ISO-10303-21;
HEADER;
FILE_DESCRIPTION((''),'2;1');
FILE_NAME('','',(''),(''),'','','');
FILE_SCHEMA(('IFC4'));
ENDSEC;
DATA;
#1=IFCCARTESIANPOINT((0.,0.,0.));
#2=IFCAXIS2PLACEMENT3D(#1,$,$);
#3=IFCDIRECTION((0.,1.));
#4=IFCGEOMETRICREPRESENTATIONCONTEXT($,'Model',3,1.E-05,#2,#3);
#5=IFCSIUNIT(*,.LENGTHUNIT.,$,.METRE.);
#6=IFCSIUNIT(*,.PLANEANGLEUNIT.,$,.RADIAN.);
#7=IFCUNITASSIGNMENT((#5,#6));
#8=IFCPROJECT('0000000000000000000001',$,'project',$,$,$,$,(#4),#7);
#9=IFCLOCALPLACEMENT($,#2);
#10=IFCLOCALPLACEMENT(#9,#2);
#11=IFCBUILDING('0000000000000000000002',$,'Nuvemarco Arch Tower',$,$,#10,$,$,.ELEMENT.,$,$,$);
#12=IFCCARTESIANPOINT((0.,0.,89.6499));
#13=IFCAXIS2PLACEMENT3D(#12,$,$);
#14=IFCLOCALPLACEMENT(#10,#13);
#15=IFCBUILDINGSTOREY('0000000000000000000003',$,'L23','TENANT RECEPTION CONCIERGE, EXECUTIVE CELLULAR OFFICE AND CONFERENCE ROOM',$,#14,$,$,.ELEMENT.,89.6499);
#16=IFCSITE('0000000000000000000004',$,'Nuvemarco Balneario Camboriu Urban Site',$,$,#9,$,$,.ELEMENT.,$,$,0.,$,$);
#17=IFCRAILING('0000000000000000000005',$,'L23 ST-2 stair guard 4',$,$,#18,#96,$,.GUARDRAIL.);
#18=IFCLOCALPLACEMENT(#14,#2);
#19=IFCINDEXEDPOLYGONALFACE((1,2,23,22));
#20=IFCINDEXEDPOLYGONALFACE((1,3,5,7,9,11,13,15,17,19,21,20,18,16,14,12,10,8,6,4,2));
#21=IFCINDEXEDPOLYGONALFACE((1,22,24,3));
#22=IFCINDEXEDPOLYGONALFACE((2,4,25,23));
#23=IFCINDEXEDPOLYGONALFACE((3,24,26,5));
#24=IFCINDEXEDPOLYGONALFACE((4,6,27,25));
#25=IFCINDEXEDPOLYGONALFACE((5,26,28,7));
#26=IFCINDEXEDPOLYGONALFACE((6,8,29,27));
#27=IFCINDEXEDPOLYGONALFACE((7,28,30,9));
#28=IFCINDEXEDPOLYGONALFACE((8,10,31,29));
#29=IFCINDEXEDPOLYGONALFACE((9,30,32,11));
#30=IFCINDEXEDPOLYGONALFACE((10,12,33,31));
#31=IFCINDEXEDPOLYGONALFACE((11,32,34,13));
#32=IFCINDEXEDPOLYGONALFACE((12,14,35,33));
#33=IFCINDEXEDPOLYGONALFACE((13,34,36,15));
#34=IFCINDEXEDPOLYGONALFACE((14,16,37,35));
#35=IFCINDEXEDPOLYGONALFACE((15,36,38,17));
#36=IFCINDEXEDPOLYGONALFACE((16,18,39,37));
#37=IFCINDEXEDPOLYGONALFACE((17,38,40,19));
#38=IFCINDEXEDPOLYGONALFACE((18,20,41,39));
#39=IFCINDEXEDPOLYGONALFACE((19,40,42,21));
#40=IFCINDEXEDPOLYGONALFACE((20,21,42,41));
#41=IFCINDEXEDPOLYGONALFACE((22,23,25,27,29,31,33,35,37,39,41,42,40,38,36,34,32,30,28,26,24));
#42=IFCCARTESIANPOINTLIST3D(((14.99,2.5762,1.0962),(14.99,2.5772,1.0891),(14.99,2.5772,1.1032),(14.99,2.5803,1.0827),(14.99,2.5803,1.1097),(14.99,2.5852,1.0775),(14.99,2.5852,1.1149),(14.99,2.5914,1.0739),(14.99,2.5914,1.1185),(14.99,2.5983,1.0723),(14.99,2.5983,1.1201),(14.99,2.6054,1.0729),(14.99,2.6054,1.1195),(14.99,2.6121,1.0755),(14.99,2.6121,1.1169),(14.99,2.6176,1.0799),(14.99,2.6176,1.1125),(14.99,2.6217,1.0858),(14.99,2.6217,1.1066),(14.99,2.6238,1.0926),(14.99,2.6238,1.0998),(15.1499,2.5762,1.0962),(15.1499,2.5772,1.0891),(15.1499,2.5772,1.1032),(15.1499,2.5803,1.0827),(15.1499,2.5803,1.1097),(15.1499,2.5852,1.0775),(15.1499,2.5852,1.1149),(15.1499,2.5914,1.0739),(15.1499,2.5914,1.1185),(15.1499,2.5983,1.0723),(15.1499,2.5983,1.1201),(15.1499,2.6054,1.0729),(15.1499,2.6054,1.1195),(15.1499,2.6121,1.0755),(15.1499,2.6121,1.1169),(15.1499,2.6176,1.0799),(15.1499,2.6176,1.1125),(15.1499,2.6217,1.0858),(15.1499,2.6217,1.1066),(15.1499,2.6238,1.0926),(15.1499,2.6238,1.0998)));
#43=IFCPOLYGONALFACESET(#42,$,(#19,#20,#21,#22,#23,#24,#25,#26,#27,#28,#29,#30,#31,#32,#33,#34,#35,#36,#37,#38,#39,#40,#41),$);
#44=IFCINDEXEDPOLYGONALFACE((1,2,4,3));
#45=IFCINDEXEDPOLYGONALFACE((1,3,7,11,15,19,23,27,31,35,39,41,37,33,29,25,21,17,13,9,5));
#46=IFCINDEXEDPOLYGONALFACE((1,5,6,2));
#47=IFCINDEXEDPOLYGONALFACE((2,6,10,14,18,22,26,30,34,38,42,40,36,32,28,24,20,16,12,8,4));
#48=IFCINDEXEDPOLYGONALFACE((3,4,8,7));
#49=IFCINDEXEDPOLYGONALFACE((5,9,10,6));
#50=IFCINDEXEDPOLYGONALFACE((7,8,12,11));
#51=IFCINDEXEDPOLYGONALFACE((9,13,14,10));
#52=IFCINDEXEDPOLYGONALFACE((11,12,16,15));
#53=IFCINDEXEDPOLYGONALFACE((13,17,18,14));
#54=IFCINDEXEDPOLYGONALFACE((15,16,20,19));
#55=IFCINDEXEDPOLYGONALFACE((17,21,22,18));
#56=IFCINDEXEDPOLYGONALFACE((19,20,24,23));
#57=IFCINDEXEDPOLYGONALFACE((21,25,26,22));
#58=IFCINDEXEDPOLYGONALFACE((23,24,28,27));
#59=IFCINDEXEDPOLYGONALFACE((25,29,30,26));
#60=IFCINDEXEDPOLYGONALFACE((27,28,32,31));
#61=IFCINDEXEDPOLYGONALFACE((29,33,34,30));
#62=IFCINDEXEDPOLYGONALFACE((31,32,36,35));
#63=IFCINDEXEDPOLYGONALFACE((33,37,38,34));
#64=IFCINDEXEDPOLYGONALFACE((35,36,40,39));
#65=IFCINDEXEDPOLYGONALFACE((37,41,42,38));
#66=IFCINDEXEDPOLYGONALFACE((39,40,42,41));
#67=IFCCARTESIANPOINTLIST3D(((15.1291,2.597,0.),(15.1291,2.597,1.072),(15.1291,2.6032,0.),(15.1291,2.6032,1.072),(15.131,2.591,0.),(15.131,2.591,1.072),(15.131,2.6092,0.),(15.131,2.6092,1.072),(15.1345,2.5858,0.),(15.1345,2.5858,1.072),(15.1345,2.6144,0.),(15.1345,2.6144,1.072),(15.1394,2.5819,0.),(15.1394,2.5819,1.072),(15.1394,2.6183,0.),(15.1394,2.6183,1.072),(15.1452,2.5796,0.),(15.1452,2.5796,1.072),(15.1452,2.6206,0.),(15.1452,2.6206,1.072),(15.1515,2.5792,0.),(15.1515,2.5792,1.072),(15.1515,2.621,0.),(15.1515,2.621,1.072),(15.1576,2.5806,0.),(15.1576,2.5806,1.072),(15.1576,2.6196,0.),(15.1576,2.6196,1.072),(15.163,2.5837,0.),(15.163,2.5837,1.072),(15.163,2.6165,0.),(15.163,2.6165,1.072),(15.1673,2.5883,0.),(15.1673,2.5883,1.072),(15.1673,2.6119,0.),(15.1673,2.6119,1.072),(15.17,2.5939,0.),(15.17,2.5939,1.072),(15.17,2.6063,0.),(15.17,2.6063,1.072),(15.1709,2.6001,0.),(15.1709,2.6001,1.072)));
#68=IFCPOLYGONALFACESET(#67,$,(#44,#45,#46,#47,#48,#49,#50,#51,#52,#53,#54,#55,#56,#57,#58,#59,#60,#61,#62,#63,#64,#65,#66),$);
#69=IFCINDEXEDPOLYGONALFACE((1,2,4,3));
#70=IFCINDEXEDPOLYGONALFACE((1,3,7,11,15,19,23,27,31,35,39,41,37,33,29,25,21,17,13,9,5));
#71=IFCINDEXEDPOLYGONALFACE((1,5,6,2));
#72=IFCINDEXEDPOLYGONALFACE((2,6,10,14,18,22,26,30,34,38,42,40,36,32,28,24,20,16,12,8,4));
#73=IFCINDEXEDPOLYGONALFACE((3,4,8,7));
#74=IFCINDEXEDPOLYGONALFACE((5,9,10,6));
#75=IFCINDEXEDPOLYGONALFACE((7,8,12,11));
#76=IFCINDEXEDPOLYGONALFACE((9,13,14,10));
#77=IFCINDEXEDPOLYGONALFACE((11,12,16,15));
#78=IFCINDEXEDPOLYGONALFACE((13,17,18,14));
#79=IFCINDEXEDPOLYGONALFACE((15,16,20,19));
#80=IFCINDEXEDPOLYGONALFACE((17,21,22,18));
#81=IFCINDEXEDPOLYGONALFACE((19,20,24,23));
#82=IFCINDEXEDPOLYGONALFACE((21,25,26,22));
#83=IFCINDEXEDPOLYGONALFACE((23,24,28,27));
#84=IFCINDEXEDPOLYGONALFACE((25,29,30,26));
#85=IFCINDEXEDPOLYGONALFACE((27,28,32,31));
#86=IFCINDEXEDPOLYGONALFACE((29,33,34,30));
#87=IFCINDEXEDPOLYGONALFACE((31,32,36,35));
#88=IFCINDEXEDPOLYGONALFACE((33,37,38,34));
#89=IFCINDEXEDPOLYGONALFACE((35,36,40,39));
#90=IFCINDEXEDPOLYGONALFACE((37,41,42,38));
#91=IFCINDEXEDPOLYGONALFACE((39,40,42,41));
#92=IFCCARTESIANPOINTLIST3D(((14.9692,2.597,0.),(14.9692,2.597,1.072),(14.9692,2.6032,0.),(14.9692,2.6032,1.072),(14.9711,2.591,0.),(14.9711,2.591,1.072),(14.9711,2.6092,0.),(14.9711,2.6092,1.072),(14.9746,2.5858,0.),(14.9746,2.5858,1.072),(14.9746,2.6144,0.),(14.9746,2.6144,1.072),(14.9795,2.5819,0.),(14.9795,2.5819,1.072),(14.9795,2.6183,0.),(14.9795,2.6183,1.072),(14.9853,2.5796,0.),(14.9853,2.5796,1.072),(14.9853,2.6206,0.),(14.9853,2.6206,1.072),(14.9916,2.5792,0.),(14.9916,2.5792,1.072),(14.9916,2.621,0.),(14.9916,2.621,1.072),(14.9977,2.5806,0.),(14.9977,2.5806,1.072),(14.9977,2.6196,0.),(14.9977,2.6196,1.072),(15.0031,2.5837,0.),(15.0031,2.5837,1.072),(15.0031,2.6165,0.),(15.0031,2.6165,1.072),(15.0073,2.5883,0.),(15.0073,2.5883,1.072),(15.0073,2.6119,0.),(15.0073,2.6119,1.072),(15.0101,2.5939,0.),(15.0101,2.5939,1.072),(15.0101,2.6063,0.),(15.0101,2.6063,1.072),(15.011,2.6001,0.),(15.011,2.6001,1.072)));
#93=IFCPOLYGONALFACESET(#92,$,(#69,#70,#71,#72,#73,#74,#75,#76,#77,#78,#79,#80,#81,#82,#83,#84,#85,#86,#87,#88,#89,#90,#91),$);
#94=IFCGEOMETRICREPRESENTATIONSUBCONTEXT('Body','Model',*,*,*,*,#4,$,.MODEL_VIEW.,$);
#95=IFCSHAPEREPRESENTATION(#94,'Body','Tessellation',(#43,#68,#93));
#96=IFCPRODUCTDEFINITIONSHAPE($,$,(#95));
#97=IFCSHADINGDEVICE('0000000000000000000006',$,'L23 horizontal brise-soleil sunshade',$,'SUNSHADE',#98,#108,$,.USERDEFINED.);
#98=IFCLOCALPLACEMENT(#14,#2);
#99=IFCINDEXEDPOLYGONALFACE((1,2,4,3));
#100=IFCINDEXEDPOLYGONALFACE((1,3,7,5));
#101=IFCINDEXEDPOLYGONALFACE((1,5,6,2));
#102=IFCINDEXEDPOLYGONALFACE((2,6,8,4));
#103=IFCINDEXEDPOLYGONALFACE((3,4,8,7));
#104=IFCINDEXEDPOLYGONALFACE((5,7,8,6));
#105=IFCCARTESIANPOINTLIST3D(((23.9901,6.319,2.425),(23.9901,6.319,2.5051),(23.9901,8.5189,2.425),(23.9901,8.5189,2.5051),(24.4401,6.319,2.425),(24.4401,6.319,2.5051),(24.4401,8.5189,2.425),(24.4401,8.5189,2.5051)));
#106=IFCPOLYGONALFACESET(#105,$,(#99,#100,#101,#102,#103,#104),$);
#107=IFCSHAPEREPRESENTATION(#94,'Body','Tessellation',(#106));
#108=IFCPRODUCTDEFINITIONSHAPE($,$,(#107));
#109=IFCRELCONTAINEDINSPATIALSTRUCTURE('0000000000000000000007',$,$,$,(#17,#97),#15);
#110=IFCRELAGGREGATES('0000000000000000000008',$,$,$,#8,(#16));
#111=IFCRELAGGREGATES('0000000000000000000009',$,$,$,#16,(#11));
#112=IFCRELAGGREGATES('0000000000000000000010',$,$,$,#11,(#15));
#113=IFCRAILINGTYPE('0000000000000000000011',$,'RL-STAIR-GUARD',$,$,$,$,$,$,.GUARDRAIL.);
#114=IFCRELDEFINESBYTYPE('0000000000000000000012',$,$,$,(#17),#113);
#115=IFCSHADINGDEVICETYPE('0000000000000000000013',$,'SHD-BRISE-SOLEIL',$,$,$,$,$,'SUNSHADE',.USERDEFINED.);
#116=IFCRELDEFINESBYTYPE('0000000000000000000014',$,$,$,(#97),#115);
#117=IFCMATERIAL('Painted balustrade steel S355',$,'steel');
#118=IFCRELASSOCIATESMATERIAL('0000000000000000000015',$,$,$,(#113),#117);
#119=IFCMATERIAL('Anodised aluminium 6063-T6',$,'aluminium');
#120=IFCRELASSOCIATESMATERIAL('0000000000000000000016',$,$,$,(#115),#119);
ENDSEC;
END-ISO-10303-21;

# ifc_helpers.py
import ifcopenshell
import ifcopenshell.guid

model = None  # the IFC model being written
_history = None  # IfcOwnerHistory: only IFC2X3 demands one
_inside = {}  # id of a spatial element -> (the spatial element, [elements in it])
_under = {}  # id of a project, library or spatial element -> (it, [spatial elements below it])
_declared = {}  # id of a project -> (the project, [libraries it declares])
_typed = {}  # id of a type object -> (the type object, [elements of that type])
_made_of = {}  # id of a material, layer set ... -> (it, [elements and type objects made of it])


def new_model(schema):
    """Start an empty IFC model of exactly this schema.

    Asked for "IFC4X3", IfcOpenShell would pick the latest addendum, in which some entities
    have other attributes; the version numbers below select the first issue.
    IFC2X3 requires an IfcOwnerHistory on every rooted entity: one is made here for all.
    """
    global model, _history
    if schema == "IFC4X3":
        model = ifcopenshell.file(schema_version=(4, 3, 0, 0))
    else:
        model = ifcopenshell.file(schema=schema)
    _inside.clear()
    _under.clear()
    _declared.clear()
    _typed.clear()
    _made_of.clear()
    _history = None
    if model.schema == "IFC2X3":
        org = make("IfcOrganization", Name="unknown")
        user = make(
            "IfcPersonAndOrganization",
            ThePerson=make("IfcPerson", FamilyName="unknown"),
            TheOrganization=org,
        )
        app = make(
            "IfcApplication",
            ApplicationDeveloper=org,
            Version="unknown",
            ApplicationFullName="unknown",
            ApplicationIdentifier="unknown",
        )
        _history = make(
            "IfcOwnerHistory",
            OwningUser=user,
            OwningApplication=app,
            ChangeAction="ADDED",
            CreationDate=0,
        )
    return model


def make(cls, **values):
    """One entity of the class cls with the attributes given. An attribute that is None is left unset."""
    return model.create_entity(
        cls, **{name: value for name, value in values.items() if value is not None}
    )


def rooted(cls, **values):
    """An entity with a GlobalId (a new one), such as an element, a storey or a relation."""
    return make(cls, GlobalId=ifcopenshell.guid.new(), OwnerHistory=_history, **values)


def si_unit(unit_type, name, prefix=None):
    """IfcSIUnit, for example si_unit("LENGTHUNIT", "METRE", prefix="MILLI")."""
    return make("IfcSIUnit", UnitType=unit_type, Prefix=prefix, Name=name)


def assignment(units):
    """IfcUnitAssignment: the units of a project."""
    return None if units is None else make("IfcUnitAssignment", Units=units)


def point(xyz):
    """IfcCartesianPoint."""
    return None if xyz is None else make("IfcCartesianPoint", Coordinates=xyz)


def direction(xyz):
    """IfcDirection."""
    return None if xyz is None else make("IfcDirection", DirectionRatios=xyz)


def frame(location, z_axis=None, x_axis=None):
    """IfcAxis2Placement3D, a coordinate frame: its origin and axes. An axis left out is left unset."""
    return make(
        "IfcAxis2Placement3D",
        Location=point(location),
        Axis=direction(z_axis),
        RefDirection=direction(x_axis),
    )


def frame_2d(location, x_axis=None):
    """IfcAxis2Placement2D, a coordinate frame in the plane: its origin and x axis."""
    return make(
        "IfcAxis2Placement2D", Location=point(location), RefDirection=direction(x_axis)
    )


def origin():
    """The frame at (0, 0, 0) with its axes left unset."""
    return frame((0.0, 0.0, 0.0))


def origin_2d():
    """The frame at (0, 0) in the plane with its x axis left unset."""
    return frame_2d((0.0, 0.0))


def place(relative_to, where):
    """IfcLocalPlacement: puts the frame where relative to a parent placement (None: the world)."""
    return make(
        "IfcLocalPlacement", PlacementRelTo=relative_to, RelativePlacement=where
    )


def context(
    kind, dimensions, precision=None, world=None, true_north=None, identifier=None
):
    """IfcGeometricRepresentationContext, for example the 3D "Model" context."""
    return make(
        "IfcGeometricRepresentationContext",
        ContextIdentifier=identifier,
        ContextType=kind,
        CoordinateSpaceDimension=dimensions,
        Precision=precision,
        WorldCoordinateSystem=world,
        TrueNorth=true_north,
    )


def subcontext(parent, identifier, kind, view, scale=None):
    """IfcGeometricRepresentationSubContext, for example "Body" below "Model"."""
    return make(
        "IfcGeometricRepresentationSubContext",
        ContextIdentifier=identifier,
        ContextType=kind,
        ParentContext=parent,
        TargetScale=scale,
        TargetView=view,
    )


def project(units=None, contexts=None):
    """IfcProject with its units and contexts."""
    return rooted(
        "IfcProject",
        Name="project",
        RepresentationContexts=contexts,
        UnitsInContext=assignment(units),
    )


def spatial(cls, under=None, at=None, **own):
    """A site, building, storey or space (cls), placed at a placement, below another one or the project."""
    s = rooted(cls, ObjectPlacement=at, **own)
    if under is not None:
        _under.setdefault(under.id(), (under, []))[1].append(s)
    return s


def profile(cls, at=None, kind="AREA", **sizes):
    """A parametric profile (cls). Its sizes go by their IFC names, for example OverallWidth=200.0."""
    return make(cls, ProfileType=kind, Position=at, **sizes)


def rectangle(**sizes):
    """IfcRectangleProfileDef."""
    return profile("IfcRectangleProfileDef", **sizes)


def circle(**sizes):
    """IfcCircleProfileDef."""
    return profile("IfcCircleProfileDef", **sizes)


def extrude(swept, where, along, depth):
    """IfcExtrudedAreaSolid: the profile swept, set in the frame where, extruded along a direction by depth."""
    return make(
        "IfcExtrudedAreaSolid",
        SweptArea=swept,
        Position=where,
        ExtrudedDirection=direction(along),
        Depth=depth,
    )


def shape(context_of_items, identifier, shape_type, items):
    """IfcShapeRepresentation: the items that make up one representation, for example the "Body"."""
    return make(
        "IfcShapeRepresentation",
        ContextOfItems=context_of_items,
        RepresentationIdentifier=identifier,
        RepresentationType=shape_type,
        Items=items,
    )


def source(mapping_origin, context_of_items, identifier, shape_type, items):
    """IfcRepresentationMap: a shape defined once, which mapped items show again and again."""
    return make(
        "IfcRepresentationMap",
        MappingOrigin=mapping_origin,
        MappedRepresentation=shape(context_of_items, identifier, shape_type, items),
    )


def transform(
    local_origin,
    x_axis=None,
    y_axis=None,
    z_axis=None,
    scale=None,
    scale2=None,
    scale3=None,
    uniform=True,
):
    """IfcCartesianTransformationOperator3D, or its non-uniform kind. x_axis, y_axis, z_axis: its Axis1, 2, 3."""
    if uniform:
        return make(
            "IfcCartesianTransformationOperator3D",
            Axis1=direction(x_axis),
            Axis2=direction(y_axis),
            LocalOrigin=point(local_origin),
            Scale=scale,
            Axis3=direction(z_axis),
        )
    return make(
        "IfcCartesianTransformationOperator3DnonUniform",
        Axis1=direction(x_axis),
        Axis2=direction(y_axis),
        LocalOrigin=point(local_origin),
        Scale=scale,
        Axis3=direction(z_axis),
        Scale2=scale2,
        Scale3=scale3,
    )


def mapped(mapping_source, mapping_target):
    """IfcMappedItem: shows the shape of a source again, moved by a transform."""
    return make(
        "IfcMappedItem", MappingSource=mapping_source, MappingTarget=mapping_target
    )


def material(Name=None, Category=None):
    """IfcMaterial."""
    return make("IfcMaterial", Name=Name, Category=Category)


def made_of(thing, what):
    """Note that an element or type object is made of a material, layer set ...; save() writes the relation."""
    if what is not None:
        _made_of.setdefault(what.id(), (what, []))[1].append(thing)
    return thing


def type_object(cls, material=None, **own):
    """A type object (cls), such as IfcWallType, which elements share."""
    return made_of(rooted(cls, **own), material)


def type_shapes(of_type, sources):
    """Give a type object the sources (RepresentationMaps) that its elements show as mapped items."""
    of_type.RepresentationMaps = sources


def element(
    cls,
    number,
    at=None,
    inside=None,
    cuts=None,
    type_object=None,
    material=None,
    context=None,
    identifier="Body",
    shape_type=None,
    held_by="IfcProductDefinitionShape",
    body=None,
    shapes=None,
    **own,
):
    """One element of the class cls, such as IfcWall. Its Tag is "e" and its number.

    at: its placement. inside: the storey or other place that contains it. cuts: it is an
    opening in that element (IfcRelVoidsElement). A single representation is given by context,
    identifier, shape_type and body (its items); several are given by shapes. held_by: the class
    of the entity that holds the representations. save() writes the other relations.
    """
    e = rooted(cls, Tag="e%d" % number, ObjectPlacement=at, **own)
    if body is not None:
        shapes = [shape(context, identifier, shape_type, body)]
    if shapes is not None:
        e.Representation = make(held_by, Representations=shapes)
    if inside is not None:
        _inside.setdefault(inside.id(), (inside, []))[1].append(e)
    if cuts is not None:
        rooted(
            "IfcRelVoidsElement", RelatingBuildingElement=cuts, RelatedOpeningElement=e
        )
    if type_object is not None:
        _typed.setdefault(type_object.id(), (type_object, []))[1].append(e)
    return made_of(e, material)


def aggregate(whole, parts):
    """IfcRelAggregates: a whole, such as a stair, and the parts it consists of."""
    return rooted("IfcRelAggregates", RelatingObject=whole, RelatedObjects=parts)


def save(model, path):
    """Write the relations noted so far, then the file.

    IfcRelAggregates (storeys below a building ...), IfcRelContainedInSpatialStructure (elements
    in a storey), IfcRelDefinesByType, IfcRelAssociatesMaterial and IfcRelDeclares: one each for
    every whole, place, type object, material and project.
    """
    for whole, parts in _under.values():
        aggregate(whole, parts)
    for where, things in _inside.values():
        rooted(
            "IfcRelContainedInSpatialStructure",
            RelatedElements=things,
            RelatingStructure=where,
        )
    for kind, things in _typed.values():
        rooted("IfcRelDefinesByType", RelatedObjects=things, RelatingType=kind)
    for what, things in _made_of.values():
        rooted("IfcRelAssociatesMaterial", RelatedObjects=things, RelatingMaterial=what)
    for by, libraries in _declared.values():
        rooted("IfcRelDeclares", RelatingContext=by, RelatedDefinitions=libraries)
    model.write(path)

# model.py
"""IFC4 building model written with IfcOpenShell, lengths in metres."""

from ifc_helpers import new_model, si_unit, direction, frame, origin, origin_2d, place, context, subcontext, project, spatial, rectangle, circle, extrude, source, transform, mapped, material, type_object, type_shapes, element, save


model = new_model("IFC4")

# Units and contexts
model_context = context("Model", 3, precision=1e-05, world=origin(), true_north=direction((0.0, 1.0)))
body_context = subcontext(model_context, "Body", "Model", "MODEL_VIEW")
ifc_project = project(units=[si_unit("LENGTHUNIT", "METRE"), si_unit("PLANEANGLEUNIT", "RADIAN")], contexts=[model_context])

# Site, building, storey
site_placement = place(None, origin())
site = spatial("IfcSite", under=ifc_project, at=site_placement, Name="Nuvemarco Balneario Camboriu Urban Site", CompositionType="ELEMENT", RefElevation=0.0)
building_placement = place(site_placement, origin())
building = spatial("IfcBuilding", under=site, at=building_placement, Name="Nuvemarco Arch Tower", CompositionType="ELEMENT")
storey_placement = place(building_placement, frame((0.0, 0.0, 89.6499)))
storey = spatial("IfcBuildingStorey", under=building, at=storey_placement, Name="L23", Description="TENANT RECEPTION CONCIERGE, EXECUTIVE CELLULAR OFFICE AND CONFERENCE ROOM", CompositionType="ELEMENT", Elevation=89.6499)

# Railing
ifc_material_1 = material(Name="Painted balustrade steel S355", Category="steel")
railing_type_1 = type_object("IfcRailingType", Name="RL-STAIR-GUARD", PredefinedType="GUARDRAIL", material=ifc_material_1)
railing_1_placement = place(storey_placement, frame((15.1499, 2.6001, 0.0)))
element("IfcRailing", 1, at=railing_1_placement, inside=storey, type_object=railing_type_1, Name="L23 ST-2 stair guard 4", PredefinedType="GUARDRAIL", context=body_context, shape_type="SweptSolid", body=[
    extrude(circle(Radius=0.0239, at=origin_2d()), frame((0.0, 0.0, 1.0962), z_axis=(-1.0, 0.0, 0.0), x_axis=(0.0, -1.0, 0.0)), (0.0, 0.0, 1.0), 0.1599),
    extrude(circle(Radius=0.021, at=origin_2d()), origin(), (0.0, 0.0, 1.0), 1.072),
    extrude(circle(Radius=0.021, at=origin_2d()), frame((-0.1599, 0.0, 0.0)), (0.0, 0.0, 1.0), 1.072),
])

# Shading device
ifc_material_2 = material(Name="Anodised aluminium 6063-T6", Category="aluminium")
shading_device_type = type_object("IfcShadingDeviceType", Name="SHD-BRISE-SOLEIL", ElementType="SUNSHADE", PredefinedType="USERDEFINED", material=ifc_material_2)
shared_shape = source(origin(), body_context, "Body", "SweptSolid", [
    extrude(rectangle(XDim=2.2, YDim=0.45, at=origin_2d()), origin(), (0.0, 0.0, 1.0), 0.0801),
])
type_shapes(shading_device_type, [shared_shape])
shading_device_placement = place(storey_placement, frame((24.2151, 7.4189, 2.425), z_axis=(0.0, 0.0, 1.0), x_axis=(0.0, 1.0, 0.0)))
element("IfcShadingDevice", 2, at=shading_device_placement, inside=storey, type_object=shading_device_type, Name="L23 horizontal brise-soleil sunshade", ObjectType="SUNSHADE", PredefinedType="USERDEFINED", context=body_context, shape_type="MappedRepresentation", body=[
    mapped(shared_shape, transform((0.0, 0.0, 0.0), scale=1.0)),
])

save(model, "model.ifc")
